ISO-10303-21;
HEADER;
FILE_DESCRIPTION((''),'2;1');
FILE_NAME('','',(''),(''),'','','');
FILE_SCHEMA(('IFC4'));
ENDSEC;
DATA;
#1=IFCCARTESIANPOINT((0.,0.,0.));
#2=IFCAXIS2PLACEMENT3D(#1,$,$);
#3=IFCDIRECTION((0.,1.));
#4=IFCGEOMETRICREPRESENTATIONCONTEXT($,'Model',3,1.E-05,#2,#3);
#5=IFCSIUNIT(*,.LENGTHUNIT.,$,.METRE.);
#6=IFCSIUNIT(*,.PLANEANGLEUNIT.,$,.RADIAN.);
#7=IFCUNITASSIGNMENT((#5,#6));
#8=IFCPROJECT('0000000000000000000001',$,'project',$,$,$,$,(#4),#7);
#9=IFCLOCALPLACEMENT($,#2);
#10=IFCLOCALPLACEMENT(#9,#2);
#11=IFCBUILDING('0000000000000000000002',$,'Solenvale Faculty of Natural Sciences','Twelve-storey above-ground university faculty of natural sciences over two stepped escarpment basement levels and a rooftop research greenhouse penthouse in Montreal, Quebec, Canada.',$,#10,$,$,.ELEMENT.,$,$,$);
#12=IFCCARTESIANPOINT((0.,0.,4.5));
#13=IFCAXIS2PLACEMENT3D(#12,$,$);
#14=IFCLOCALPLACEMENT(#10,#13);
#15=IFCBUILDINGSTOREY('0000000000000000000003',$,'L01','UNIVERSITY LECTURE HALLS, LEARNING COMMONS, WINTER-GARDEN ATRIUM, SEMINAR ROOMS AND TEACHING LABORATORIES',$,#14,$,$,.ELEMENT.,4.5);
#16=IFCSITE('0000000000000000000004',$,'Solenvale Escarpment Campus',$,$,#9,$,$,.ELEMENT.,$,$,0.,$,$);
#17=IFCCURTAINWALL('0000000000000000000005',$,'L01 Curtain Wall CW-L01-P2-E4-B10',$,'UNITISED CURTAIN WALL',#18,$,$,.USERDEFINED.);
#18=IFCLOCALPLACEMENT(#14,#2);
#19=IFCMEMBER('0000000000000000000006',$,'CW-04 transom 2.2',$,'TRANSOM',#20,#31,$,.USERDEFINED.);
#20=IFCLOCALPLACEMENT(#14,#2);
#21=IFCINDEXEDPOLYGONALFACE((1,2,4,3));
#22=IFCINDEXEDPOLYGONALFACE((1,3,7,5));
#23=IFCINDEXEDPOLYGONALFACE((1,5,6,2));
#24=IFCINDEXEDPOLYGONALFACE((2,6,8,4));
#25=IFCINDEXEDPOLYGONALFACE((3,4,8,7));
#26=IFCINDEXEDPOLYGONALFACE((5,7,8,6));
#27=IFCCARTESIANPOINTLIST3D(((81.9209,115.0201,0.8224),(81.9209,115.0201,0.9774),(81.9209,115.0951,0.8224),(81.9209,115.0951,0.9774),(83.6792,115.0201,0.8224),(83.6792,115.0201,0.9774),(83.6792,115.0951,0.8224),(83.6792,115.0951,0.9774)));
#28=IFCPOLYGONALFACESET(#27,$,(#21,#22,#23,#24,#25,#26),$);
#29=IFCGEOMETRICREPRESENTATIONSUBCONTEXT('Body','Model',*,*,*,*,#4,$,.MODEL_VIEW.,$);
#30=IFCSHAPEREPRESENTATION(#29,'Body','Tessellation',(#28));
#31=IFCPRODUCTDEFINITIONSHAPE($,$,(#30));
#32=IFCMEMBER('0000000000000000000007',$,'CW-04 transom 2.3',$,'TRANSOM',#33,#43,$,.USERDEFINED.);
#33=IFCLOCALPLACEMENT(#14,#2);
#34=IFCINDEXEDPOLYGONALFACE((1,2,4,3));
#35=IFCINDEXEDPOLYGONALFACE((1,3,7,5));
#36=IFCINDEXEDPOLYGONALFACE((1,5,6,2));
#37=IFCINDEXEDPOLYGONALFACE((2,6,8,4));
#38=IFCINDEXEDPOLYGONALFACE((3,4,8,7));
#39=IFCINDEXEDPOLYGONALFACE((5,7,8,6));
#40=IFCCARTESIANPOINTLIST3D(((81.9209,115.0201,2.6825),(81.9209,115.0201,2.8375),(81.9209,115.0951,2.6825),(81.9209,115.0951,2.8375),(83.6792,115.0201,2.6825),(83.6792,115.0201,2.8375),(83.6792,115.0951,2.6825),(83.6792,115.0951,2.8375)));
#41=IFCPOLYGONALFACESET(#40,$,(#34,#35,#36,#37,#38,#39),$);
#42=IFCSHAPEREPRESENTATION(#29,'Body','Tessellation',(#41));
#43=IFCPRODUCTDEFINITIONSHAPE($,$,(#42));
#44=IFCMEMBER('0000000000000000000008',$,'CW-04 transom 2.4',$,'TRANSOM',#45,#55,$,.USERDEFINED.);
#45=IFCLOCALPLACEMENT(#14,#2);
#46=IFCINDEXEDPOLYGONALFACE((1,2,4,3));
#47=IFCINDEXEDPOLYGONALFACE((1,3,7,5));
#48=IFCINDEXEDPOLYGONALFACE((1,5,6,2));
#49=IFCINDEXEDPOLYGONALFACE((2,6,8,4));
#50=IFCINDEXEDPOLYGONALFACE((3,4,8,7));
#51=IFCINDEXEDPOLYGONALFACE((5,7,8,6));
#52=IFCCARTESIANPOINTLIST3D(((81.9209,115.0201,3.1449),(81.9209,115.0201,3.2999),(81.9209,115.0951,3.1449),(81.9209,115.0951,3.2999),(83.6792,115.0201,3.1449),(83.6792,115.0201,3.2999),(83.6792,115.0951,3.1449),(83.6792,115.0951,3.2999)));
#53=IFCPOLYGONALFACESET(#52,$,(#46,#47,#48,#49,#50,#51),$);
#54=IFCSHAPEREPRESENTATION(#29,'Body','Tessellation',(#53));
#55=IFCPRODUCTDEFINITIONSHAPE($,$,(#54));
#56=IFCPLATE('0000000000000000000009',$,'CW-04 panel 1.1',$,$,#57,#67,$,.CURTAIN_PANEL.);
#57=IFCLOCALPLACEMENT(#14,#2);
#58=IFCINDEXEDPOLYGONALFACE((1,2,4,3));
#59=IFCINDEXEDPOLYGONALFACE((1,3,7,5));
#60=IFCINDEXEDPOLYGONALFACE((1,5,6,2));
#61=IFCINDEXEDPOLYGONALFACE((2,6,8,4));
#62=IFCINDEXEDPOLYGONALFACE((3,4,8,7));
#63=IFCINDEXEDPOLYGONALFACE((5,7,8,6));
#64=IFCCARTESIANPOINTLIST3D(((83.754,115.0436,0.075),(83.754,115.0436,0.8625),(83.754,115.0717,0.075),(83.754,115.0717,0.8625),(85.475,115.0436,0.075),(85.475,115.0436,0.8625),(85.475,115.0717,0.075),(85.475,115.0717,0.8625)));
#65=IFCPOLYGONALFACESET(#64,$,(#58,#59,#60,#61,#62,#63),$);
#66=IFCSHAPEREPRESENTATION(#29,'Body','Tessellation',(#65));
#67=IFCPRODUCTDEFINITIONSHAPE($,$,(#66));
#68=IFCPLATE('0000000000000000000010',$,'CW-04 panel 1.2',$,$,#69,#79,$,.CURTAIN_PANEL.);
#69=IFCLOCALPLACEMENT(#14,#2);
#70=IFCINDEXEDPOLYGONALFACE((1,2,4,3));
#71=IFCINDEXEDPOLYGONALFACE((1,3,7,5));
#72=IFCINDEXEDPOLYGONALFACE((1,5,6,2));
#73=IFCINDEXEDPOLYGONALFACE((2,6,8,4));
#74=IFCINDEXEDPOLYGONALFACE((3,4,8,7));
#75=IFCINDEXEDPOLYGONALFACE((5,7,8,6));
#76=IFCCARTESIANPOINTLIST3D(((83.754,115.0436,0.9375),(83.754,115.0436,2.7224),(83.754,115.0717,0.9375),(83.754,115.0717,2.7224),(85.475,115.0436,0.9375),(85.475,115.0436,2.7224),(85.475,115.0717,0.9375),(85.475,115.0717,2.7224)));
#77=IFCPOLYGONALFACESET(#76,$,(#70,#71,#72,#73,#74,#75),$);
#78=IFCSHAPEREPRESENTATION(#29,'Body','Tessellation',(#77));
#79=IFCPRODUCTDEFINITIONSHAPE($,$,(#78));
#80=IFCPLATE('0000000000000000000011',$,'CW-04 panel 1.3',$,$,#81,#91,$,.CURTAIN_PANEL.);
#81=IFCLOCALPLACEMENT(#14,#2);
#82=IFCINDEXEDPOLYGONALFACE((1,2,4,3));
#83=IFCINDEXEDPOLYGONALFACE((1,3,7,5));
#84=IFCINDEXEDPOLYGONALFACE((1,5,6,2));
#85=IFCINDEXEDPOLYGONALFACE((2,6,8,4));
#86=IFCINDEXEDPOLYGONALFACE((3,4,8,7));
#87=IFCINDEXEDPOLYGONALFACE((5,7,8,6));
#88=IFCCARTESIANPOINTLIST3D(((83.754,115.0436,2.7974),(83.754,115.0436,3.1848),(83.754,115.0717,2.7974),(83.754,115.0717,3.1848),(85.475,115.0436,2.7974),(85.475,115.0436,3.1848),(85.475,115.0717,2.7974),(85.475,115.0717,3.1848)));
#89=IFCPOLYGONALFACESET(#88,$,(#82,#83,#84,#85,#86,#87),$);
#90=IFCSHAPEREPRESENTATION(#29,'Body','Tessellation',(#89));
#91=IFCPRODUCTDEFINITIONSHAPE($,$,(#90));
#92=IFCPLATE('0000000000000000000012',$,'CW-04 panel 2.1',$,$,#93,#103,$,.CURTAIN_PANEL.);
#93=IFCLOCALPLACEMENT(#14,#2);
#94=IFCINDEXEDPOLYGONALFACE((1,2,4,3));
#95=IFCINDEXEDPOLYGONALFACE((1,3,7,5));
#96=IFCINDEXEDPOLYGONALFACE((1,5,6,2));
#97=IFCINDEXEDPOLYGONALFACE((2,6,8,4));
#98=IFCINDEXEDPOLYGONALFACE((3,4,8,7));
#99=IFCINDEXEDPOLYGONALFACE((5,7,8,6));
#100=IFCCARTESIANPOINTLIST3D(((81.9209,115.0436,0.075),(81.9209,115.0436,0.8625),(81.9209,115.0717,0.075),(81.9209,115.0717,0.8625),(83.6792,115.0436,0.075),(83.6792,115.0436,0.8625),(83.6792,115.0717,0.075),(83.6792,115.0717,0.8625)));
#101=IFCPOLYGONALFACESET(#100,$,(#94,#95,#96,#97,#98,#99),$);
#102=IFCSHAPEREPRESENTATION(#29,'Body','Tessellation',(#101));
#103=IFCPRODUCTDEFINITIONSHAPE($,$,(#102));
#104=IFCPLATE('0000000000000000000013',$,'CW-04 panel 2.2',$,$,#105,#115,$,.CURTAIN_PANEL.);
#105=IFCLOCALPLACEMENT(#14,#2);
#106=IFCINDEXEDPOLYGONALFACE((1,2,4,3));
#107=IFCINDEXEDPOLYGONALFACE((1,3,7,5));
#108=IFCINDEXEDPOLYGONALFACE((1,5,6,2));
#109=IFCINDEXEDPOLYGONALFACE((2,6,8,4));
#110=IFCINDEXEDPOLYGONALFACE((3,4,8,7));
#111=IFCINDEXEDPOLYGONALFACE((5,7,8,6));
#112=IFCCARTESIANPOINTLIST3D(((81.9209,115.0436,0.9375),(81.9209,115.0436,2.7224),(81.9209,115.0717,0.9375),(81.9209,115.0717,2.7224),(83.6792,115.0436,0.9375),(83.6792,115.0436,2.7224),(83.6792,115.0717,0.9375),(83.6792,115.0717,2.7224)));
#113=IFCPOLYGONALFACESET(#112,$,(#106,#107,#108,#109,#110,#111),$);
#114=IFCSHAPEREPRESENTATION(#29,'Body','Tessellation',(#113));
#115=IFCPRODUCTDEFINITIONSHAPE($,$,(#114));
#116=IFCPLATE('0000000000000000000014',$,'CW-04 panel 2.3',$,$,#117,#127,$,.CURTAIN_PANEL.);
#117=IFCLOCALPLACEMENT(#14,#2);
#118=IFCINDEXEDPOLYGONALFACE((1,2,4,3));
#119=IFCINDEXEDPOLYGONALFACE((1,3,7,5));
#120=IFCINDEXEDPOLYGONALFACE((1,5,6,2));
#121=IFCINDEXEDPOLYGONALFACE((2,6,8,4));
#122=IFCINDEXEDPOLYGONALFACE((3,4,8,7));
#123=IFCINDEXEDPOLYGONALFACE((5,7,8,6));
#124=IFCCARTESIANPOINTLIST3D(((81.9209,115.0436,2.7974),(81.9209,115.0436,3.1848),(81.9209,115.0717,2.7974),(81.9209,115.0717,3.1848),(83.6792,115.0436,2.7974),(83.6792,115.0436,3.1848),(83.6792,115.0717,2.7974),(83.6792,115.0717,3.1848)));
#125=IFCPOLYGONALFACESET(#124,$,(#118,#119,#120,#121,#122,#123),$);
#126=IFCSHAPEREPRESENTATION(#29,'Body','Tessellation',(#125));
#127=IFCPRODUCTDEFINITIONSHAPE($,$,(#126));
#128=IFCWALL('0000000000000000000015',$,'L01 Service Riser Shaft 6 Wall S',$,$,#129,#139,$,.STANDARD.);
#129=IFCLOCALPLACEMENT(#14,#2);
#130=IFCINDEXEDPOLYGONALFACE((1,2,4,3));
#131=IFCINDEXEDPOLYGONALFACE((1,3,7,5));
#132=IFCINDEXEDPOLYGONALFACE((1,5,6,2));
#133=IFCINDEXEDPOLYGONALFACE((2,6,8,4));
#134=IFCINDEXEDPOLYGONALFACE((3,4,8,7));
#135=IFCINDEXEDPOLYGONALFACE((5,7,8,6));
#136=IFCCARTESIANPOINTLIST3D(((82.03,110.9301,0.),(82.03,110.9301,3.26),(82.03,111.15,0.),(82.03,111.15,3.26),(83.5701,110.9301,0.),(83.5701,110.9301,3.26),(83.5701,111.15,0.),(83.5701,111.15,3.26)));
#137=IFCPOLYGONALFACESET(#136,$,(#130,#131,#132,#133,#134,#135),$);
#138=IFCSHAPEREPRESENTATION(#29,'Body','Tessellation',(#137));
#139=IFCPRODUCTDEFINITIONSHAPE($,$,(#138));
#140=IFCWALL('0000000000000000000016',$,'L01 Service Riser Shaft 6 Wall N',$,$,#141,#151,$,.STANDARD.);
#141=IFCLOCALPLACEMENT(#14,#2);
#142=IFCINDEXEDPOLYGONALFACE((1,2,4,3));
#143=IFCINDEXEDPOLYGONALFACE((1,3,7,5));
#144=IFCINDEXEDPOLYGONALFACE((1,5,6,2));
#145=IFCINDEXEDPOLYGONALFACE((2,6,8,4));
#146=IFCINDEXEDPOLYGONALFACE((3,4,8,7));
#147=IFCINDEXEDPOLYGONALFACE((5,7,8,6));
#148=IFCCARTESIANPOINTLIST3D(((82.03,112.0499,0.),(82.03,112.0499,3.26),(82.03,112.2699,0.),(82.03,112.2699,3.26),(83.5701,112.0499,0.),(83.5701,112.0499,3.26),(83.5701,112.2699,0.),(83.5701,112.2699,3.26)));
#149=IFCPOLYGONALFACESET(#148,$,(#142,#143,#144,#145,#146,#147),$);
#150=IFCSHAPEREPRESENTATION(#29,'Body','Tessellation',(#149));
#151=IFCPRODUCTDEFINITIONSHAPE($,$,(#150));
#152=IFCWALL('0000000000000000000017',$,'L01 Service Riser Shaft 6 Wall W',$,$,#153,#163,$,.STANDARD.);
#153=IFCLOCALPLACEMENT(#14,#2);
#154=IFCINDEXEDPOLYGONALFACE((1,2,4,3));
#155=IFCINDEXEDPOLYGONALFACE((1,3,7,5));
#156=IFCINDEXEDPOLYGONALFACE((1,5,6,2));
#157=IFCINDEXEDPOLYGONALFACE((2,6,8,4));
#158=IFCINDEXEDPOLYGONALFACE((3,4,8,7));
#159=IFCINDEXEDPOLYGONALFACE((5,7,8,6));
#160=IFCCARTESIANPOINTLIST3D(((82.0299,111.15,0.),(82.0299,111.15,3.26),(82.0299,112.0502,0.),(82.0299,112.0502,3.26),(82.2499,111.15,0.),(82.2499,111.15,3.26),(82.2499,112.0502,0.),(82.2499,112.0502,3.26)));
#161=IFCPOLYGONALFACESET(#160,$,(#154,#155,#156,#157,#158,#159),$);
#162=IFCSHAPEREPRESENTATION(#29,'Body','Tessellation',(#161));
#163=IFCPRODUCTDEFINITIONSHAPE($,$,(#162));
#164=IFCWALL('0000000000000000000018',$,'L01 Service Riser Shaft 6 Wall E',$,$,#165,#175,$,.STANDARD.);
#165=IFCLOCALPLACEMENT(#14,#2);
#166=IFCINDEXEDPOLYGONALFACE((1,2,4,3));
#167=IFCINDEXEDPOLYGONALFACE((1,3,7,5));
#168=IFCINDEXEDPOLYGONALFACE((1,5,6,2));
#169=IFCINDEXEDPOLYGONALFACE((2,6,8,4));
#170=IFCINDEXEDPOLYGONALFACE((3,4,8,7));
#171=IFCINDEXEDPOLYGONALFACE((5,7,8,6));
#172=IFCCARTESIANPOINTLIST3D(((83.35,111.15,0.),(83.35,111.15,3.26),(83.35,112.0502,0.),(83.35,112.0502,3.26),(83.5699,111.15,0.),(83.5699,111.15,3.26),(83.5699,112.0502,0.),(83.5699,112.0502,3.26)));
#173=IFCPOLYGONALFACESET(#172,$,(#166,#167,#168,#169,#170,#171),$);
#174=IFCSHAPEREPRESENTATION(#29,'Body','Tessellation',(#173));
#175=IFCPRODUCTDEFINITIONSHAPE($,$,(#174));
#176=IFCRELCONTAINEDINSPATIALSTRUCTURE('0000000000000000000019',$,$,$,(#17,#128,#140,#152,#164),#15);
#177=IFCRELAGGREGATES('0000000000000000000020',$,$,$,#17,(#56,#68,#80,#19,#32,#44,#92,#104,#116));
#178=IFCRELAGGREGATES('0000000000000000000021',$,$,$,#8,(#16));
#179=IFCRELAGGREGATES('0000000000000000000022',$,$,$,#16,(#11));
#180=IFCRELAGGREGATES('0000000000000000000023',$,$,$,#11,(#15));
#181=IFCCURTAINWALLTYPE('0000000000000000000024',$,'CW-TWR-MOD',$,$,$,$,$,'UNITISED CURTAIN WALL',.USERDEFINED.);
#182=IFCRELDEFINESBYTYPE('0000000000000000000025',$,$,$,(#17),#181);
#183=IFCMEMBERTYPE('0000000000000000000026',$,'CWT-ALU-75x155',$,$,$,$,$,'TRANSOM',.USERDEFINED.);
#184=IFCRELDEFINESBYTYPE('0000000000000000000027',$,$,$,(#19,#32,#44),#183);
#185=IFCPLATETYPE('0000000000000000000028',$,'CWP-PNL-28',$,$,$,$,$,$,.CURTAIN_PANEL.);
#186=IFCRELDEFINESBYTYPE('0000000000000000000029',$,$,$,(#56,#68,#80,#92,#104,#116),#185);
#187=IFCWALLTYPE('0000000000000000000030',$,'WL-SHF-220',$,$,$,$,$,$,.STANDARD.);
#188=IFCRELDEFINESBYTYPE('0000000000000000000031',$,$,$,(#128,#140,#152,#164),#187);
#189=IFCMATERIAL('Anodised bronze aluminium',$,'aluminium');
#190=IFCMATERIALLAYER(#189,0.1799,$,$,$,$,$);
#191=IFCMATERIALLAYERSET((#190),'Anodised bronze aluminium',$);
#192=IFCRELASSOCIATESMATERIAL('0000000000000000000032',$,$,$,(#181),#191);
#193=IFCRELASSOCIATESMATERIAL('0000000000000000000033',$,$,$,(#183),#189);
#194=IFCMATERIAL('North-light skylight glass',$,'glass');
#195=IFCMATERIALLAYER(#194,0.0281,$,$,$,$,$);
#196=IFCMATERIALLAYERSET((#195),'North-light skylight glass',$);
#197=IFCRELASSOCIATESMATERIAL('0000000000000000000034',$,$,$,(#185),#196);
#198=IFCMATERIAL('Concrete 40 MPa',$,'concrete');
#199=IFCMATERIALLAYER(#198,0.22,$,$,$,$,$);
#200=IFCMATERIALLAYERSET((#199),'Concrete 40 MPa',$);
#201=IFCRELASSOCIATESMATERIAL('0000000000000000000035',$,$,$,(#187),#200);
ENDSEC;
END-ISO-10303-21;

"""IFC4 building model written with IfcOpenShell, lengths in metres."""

from ifc_helpers import new_model, si_unit, direction, frame, frame_2d, origin, origin_2d, place, context, subcontext, project, spatial, rectangle, extrude, material, layer, layer_set, material_profile, profile_set, type_object, element, aggregate, save


model = new_model("IFC4")

# Units and contexts
model_context = context("Model", 3, precision=1e-05, world=origin(), true_north=direction((0.0, 1.0)))
body_context = subcontext(model_context, "Body", "Model", "MODEL_VIEW")
ifc_project = project(units=[si_unit("LENGTHUNIT", "METRE"), si_unit("PLANEANGLEUNIT", "RADIAN")], contexts=[model_context])

# Site, building, storey
site_placement = place(None, origin())
site = spatial("IfcSite", under=ifc_project, at=site_placement, Name="Solenvale Escarpment Campus", CompositionType="ELEMENT", RefElevation=0.0)
building_placement = place(site_placement, origin())
building = spatial("IfcBuilding", under=site, at=building_placement, Name="Solenvale Faculty of Natural Sciences", Description="Twelve-storey above-ground university faculty of natural sciences over two stepped escarpment basement levels and a rooftop research greenhouse penthouse in Montreal, Quebec, Canada.", CompositionType="ELEMENT")
storey_placement = place(building_placement, frame((0.0, 0.0, 4.5)))
storey = spatial("IfcBuildingStorey", under=building, at=storey_placement, Name="L01", Description="UNIVERSITY LECTURE HALLS, LEARNING COMMONS, WINTER-GARDEN ATRIUM, SEMINAR ROOMS AND TEACHING LABORATORIES", CompositionType="ELEMENT", Elevation=4.5)

# Shared definitions
ifc_material_1 = material(Name="Concrete 40 MPa", Category="concrete")

# Curtain wall, members, plates
ifc_material_2 = material(Name="Anodised bronze aluminium", Category="aluminium")
ifc_layer_1 = layer(ifc_material_2, 0.1799)
ifc_layer_set_1 = layer_set([ifc_layer_1], Name="Anodised bronze aluminium")
curtain_wall_type = type_object("IfcCurtainWallType", Name="CW-TWR-MOD", ElementType="UNITISED CURTAIN WALL", PredefinedType="USERDEFINED", material=ifc_layer_set_1)
curtain_wall_placement = place(storey_placement, origin())
curtain_wall = element("IfcCurtainWall", 1, at=curtain_wall_placement, inside=storey, type_object=curtain_wall_type, Name="L01 Curtain Wall CW-L01-P2-E4-B10", ObjectType="UNITISED CURTAIN WALL", PredefinedType="USERDEFINED")
ifc_material_profile_1 = material_profile(ifc_material_2, rectangle(XDim=0.075, YDim=0.155, at=origin_2d()), Name="ALU-TRN-75x155")
ifc_profile_set_1 = profile_set([ifc_material_profile_1], Name="Anodised bronze aluminium")
member_type_1 = type_object("IfcMemberType", Name="CWT-ALU-75x155", ElementType="TRANSOM", PredefinedType="USERDEFINED", material=ifc_profile_set_1)
member_1_placement = place(storey_placement, frame((83.6792, 115.0576, 0.8999), z_axis=(-1.0, 0.0, 0.0), x_axis=(0.0, -1.0, 0.0)))
member_1 = element("IfcMember", 2, at=member_1_placement, type_object=member_type_1, Name="CW-04 transom 2.2", ObjectType="TRANSOM", PredefinedType="USERDEFINED", context=body_context, shape_type="SweptSolid", body=[
    extrude(rectangle(XDim=0.075, YDim=0.155, at=origin_2d()), origin(), (0.0, 0.0, 1.0), 1.7583),
])
member_2_placement = place(storey_placement, frame((83.6792, 115.0576, 2.76), z_axis=(-1.0, 0.0, 0.0), x_axis=(0.0, -1.0, 0.0)))
member_2 = element("IfcMember", 3, at=member_2_placement, type_object=member_type_1, Name="CW-04 transom 2.3", ObjectType="TRANSOM", PredefinedType="USERDEFINED", context=body_context, shape_type="SweptSolid", body=[
    extrude(rectangle(XDim=0.075, YDim=0.155, at=origin_2d()), origin(), (0.0, 0.0, 1.0), 1.7583),
])
member_3_placement = place(storey_placement, frame((83.6792, 115.0576, 3.2224), z_axis=(-1.0, 0.0, 0.0), x_axis=(0.0, -1.0, 0.0)))
member_3 = element("IfcMember", 4, at=member_3_placement, type_object=member_type_1, Name="CW-04 transom 2.4", ObjectType="TRANSOM", PredefinedType="USERDEFINED", context=body_context, shape_type="SweptSolid", body=[
    extrude(rectangle(XDim=0.075, YDim=0.155, at=origin_2d()), origin(), (0.0, 0.0, 1.0), 1.7583),
])
ifc_material_3 = material(Name="North-light skylight glass", Category="glass")
ifc_layer_2 = layer(ifc_material_3, 0.0281)
ifc_layer_set_2 = layer_set([ifc_layer_2], Name="North-light skylight glass")
plate_type = type_object("IfcPlateType", Name="CWP-PNL-28", PredefinedType="CURTAIN_PANEL", material=ifc_layer_set_2)
plate_1_placement = place(storey_placement, frame((84.6145, 115.0576, 0.075), z_axis=(0.0, 0.0, 1.0), x_axis=(-1.0, 0.0, 0.0)))
plate_1 = element("IfcPlate", 5, at=plate_1_placement, type_object=plate_type, Name="CW-04 panel 1.1", PredefinedType="CURTAIN_PANEL", context=body_context, shape_type="SweptSolid", body=[
    extrude(rectangle(XDim=1.7209, YDim=0.0281, at=origin_2d()), origin(), (0.0, 0.0, 1.0), 0.7876),
])
plate_2_placement = place(storey_placement, frame((84.6145, 115.0576, 0.9375), z_axis=(0.0, 0.0, 1.0), x_axis=(-1.0, 0.0, 0.0)))
plate_2 = element("IfcPlate", 6, at=plate_2_placement, type_object=plate_type, Name="CW-04 panel 1.2", PredefinedType="CURTAIN_PANEL", context=body_context, shape_type="SweptSolid", body=[
    extrude(rectangle(XDim=1.7209, YDim=0.0281, at=origin_2d()), origin(), (0.0, 0.0, 1.0), 1.7849),
])
plate_3_placement = place(storey_placement, frame((84.6145, 115.0576, 2.7974), z_axis=(0.0, 0.0, 1.0), x_axis=(-1.0, 0.0, 0.0)))
plate_3 = element("IfcPlate", 7, at=plate_3_placement, type_object=plate_type, Name="CW-04 panel 1.3", PredefinedType="CURTAIN_PANEL", context=body_context, shape_type="SweptSolid", body=[
    extrude(rectangle(XDim=1.7209, YDim=0.0281, at=origin_2d()), origin(), (0.0, 0.0, 1.0), 0.3875),
])
plate_4_placement = place(storey_placement, frame((82.8, 115.0576, 0.075), z_axis=(0.0, 0.0, 1.0), x_axis=(-1.0, 0.0, 0.0)))
plate_4 = element("IfcPlate", 8, at=plate_4_placement, type_object=plate_type, Name="CW-04 panel 2.1", PredefinedType="CURTAIN_PANEL", context=body_context, shape_type="SweptSolid", body=[
    extrude(rectangle(XDim=1.7583, YDim=0.0281, at=origin_2d()), origin(), (0.0, 0.0, 1.0), 0.7876),
])
plate_5_placement = place(storey_placement, frame((82.8, 115.0576, 0.9375), z_axis=(0.0, 0.0, 1.0), x_axis=(-1.0, 0.0, 0.0)))
plate_5 = element("IfcPlate", 9, at=plate_5_placement, type_object=plate_type, Name="CW-04 panel 2.2", PredefinedType="CURTAIN_PANEL", context=body_context, shape_type="SweptSolid", body=[
    extrude(rectangle(XDim=1.7583, YDim=0.0281, at=origin_2d()), origin(), (0.0, 0.0, 1.0), 1.7849),
])
plate_6_placement = place(storey_placement, frame((82.8, 115.0576, 2.7974), z_axis=(0.0, 0.0, 1.0), x_axis=(-1.0, 0.0, 0.0)))
plate_6 = element("IfcPlate", 10, at=plate_6_placement, type_object=plate_type, Name="CW-04 panel 2.3", PredefinedType="CURTAIN_PANEL", context=body_context, shape_type="SweptSolid", body=[
    extrude(rectangle(XDim=1.7583, YDim=0.0281, at=origin_2d()), origin(), (0.0, 0.0, 1.0), 0.3875),
])
aggregate(curtain_wall, [plate_1, plate_2, plate_3, member_1, member_2, member_3, plate_4, plate_5, plate_6])

# Walls
ifc_layer_3 = layer(ifc_material_1, 0.22)
ifc_layer_set_3 = layer_set([ifc_layer_3], Name="Concrete 40 MPa")
wall_type = type_object("IfcWallType", Name="WL-SHF-220", PredefinedType="STANDARD", material=ifc_layer_set_3)
for number, where, z_axis, x_axis, name in (
    (11, (82.03, 111.04, 0.0), (0.0, 0.0, 1.0), (1.0, 0.0, 0.0), "L01 Service Riser Shaft 6 Wall S"),
    (12, (82.03, 112.1599, 0.0), (0.0, 0.0, 1.0), (1.0, 0.0, 0.0), "L01 Service Riser Shaft 6 Wall N"),
):
    element("IfcWall", number, at=place(storey_placement, frame(where, z_axis=z_axis, x_axis=x_axis)), inside=storey, type_object=wall_type, Name=name, PredefinedType="STANDARD", context=body_context, shape_type="SweptSolid", body=[
        extrude(rectangle(XDim=1.54, YDim=0.22, at=frame_2d((0.77, 0.0))), origin(), (0.0, 0.0, 1.0), 3.26),
    ])
for number, where, z_axis, x_axis, name in (
    (13, (82.1399, 111.1499, 0.0), (0.0, 0.0, 1.0), (0.0, 1.0, 0.0), "L01 Service Riser Shaft 6 Wall W"),
    (14, (83.46, 111.1499, 0.0), (0.0, 0.0, 1.0), (0.0, 1.0, 0.0), "L01 Service Riser Shaft 6 Wall E"),
):
    element("IfcWall", number, at=place(storey_placement, frame(where, z_axis=z_axis, x_axis=x_axis)), inside=storey, type_object=wall_type, Name=name, PredefinedType="STANDARD", context=body_context, shape_type="SweptSolid", body=[
        extrude(rectangle(XDim=0.9001, YDim=0.22, at=frame_2d((0.4502, 0.0))), origin(), (0.0, 0.0, 1.0), 3.26),
    ])

save(model, "model.ifc")
